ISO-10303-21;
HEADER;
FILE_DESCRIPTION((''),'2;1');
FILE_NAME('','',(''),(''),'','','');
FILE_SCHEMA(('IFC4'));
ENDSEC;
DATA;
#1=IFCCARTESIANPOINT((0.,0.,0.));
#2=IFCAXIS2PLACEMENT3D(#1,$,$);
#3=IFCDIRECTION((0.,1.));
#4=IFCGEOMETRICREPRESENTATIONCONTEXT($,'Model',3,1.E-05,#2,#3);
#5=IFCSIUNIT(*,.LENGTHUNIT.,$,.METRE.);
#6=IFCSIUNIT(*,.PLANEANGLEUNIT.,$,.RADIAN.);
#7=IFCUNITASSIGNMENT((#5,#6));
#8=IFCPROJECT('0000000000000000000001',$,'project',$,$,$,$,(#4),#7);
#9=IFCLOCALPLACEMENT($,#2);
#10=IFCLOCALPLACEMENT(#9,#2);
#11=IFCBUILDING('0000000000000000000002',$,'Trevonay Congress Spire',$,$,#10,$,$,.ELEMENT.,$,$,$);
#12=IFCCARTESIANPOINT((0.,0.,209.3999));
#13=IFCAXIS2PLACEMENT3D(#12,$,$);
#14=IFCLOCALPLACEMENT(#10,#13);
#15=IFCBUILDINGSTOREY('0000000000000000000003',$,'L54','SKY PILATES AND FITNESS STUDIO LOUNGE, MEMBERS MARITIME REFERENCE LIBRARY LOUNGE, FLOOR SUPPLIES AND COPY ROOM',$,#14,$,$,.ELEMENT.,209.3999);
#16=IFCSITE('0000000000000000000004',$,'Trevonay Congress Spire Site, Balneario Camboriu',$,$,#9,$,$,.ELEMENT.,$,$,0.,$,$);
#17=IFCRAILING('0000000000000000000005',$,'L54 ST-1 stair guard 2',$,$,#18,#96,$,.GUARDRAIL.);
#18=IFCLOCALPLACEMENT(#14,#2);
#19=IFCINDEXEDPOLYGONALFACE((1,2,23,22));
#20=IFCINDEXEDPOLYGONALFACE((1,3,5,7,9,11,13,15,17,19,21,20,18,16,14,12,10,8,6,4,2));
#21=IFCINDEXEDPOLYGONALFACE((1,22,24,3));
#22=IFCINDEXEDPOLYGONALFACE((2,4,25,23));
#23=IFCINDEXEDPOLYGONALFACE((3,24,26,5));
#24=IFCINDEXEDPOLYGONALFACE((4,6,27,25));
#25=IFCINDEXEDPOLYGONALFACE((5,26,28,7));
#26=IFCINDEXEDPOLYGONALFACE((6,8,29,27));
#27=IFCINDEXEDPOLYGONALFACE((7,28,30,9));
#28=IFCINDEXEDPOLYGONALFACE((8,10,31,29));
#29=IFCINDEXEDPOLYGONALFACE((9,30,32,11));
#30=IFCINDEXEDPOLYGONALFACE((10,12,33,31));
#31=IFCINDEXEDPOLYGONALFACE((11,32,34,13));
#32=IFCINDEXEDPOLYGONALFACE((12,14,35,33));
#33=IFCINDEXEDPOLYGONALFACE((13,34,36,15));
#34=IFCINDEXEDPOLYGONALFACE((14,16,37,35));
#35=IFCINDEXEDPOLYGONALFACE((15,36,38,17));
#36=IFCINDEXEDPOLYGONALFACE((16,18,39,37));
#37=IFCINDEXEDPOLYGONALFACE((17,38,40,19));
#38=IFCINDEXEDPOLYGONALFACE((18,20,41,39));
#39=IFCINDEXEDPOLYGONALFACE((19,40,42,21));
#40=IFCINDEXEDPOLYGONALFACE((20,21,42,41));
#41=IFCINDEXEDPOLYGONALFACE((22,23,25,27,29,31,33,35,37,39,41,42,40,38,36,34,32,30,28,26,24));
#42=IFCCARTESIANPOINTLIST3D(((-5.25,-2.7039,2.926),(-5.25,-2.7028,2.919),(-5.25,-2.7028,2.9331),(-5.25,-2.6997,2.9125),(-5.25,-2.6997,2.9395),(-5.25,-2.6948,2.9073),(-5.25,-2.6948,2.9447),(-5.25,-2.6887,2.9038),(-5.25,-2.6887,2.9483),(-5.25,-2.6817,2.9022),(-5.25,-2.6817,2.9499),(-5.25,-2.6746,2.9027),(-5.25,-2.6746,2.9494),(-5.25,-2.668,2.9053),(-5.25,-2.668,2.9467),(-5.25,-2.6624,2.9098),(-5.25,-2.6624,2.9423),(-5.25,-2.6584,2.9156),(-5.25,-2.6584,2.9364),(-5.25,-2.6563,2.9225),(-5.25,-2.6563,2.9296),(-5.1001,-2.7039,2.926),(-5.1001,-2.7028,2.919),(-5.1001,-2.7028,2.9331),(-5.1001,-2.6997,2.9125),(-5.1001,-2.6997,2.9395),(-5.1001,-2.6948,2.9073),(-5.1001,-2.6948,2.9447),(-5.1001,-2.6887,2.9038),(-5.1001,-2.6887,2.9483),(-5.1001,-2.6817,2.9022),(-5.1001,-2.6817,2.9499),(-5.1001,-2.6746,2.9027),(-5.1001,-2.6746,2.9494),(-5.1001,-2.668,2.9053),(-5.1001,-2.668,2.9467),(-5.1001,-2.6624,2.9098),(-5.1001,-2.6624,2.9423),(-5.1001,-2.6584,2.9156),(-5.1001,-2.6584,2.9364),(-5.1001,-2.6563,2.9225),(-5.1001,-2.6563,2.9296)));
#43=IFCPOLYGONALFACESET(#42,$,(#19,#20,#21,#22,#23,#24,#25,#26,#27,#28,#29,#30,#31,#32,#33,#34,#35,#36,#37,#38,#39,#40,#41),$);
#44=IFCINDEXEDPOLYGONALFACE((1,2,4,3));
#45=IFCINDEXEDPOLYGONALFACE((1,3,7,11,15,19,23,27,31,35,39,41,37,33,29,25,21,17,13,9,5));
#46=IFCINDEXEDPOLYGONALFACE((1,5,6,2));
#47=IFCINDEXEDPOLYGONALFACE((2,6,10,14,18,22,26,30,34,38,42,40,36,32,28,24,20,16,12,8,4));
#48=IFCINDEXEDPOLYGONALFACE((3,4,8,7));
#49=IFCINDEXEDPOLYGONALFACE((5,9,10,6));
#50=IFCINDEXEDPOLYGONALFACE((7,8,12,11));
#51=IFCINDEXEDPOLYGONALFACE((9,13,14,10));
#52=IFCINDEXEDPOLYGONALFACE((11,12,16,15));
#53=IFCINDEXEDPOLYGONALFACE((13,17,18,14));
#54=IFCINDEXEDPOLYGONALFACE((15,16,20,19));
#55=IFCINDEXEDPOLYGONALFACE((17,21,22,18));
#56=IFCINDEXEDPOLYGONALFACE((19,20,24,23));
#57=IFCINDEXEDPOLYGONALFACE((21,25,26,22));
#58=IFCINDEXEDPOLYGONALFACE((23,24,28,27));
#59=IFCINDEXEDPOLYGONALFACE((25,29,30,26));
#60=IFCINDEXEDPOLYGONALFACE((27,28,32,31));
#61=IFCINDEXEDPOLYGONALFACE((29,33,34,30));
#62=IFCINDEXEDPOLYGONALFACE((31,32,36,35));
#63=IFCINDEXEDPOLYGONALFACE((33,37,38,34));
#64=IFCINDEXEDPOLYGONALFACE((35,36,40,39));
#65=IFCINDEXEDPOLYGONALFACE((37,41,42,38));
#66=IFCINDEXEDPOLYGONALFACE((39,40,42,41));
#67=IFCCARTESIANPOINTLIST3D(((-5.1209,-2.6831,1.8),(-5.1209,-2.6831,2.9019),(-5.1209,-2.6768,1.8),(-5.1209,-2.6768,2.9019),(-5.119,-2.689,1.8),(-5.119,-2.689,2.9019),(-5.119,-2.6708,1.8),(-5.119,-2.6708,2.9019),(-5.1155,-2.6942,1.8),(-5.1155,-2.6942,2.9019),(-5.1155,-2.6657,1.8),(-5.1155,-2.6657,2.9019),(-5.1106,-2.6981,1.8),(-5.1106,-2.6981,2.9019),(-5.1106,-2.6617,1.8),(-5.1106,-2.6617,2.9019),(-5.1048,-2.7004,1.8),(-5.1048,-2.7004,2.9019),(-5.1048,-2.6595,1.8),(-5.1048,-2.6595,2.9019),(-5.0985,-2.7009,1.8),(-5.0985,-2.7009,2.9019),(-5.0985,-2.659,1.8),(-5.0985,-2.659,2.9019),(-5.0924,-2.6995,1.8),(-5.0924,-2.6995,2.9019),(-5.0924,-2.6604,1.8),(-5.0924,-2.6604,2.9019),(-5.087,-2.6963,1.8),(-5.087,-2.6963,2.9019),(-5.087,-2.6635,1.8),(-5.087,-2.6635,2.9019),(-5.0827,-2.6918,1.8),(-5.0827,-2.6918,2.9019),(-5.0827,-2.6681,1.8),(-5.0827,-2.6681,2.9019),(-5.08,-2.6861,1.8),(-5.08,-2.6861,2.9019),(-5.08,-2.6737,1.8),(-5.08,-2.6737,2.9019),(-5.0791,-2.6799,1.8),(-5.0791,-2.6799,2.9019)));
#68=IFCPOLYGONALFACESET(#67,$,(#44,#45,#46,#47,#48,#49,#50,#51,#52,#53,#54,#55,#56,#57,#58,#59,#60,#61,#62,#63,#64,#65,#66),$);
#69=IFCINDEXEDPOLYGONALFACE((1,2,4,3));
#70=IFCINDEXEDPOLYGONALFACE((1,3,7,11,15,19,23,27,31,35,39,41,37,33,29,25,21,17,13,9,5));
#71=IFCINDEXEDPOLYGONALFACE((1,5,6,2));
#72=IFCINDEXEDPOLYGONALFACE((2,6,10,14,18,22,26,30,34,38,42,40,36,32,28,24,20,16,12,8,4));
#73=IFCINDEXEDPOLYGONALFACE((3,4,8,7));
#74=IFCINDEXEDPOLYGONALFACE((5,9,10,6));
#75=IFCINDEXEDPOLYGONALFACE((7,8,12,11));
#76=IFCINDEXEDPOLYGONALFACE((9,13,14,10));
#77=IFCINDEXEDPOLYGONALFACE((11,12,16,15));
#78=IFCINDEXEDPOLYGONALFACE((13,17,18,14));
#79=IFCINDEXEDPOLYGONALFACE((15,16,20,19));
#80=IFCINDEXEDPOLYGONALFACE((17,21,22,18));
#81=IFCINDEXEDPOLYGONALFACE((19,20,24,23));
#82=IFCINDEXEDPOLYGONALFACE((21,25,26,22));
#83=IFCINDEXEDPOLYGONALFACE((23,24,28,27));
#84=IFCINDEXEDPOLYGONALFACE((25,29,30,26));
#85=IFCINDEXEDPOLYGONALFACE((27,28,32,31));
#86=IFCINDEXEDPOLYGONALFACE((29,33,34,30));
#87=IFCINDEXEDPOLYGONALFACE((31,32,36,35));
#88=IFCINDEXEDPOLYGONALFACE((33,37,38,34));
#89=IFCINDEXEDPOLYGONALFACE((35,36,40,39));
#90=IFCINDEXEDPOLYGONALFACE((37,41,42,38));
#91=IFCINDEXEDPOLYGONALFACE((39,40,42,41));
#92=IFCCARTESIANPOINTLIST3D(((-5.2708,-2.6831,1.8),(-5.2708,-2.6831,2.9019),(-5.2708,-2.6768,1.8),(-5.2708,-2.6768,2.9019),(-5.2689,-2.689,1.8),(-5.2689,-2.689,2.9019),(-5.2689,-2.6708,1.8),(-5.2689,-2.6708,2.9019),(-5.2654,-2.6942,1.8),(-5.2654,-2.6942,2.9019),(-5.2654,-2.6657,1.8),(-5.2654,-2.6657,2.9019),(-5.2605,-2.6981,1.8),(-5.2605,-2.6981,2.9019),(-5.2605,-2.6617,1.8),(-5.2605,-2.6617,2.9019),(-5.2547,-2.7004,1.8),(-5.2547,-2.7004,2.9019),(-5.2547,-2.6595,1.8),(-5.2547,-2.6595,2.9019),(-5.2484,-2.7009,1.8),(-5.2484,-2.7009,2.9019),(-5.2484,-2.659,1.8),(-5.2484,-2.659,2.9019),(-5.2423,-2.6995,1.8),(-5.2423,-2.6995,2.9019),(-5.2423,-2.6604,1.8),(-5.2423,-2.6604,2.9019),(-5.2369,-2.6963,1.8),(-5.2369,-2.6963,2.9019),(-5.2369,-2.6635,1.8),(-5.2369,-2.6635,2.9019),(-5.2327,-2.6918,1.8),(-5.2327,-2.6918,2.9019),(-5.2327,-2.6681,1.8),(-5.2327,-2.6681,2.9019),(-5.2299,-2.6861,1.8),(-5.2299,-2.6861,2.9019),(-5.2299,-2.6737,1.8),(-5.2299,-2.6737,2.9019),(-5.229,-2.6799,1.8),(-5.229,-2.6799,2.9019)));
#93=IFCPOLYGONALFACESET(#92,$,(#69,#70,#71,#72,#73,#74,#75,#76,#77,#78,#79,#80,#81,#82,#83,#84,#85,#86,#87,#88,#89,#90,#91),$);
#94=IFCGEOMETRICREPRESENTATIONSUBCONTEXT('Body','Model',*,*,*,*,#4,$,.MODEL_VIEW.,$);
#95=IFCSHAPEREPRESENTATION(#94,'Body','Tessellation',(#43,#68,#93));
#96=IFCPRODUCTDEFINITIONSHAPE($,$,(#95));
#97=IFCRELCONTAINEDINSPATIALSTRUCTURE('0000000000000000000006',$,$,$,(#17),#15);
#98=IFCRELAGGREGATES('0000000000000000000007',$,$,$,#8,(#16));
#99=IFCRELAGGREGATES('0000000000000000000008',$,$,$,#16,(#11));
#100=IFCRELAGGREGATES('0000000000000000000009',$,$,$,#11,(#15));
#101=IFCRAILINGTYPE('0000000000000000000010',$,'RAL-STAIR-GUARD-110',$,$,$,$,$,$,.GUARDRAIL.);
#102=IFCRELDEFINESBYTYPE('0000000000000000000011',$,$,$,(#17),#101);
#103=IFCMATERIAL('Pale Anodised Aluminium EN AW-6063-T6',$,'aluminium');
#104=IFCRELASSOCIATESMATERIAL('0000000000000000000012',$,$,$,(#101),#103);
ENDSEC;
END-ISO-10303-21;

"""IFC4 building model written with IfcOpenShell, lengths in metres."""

from ifc_helpers import new_model, si_unit, direction, frame, origin, origin_2d, place, context, subcontext, project, spatial, circle, extrude, material, type_object, element, save


model = new_model("IFC4")

# Units and contexts
model_context = context("Model", 3, precision=1e-05, world=origin(), true_north=direction((0.0, 1.0)))
body_context = subcontext(model_context, "Body", "Model", "MODEL_VIEW")
ifc_project = project(units=[si_unit("LENGTHUNIT", "METRE"), si_unit("PLANEANGLEUNIT", "RADIAN")], contexts=[model_context])

# Site, building, storey
site_placement = place(None, origin())
site = spatial("IfcSite", under=ifc_project, at=site_placement, Name="Trevonay Congress Spire Site, Balneario Camboriu", CompositionType="ELEMENT", RefElevation=0.0)
building_placement = place(site_placement, origin())
building = spatial("IfcBuilding", under=site, at=building_placement, Name="Trevonay Congress Spire", CompositionType="ELEMENT")
storey_placement = place(building_placement, frame((0.0, 0.0, 209.3999)))
storey = spatial("IfcBuildingStorey", under=building, at=storey_placement, Name="L54", Description="SKY PILATES AND FITNESS STUDIO LOUNGE, MEMBERS MARITIME REFERENCE LIBRARY LOUNGE, FLOOR SUPPLIES AND COPY ROOM", CompositionType="ELEMENT", Elevation=209.3999)

# Railing
ifc_material_1 = material(Name="Pale Anodised Aluminium EN AW-6063-T6", Category="aluminium")
railing_type_1 = type_object("IfcRailingType", Name="RAL-STAIR-GUARD-110", PredefinedType="GUARDRAIL", material=ifc_material_1)
railing_1_placement = place(storey_placement, frame((-5.1001, -2.6799, 1.8)))
element("IfcRailing", 1, at=railing_1_placement, inside=storey, type_object=railing_type_1, Name="L54 ST-1 stair guard 2", PredefinedType="GUARDRAIL", context=body_context, shape_type="SweptSolid", body=[
    extrude(circle(Radius=0.0239, at=origin_2d()), frame((0.0, 0.0, 1.126), z_axis=(-1.0, 0.0, 0.0), x_axis=(0.0, -1.0, 0.0)), (0.0, 0.0, 1.0), 0.1499),
    extrude(circle(Radius=0.021, at=origin_2d()), origin(), (0.0, 0.0, 1.0), 1.1018),
    extrude(circle(Radius=0.021, at=origin_2d()), frame((-0.1499, 0.0, 0.0)), (0.0, 0.0, 1.0), 1.1018),
])

save(model, "model.ifc")
